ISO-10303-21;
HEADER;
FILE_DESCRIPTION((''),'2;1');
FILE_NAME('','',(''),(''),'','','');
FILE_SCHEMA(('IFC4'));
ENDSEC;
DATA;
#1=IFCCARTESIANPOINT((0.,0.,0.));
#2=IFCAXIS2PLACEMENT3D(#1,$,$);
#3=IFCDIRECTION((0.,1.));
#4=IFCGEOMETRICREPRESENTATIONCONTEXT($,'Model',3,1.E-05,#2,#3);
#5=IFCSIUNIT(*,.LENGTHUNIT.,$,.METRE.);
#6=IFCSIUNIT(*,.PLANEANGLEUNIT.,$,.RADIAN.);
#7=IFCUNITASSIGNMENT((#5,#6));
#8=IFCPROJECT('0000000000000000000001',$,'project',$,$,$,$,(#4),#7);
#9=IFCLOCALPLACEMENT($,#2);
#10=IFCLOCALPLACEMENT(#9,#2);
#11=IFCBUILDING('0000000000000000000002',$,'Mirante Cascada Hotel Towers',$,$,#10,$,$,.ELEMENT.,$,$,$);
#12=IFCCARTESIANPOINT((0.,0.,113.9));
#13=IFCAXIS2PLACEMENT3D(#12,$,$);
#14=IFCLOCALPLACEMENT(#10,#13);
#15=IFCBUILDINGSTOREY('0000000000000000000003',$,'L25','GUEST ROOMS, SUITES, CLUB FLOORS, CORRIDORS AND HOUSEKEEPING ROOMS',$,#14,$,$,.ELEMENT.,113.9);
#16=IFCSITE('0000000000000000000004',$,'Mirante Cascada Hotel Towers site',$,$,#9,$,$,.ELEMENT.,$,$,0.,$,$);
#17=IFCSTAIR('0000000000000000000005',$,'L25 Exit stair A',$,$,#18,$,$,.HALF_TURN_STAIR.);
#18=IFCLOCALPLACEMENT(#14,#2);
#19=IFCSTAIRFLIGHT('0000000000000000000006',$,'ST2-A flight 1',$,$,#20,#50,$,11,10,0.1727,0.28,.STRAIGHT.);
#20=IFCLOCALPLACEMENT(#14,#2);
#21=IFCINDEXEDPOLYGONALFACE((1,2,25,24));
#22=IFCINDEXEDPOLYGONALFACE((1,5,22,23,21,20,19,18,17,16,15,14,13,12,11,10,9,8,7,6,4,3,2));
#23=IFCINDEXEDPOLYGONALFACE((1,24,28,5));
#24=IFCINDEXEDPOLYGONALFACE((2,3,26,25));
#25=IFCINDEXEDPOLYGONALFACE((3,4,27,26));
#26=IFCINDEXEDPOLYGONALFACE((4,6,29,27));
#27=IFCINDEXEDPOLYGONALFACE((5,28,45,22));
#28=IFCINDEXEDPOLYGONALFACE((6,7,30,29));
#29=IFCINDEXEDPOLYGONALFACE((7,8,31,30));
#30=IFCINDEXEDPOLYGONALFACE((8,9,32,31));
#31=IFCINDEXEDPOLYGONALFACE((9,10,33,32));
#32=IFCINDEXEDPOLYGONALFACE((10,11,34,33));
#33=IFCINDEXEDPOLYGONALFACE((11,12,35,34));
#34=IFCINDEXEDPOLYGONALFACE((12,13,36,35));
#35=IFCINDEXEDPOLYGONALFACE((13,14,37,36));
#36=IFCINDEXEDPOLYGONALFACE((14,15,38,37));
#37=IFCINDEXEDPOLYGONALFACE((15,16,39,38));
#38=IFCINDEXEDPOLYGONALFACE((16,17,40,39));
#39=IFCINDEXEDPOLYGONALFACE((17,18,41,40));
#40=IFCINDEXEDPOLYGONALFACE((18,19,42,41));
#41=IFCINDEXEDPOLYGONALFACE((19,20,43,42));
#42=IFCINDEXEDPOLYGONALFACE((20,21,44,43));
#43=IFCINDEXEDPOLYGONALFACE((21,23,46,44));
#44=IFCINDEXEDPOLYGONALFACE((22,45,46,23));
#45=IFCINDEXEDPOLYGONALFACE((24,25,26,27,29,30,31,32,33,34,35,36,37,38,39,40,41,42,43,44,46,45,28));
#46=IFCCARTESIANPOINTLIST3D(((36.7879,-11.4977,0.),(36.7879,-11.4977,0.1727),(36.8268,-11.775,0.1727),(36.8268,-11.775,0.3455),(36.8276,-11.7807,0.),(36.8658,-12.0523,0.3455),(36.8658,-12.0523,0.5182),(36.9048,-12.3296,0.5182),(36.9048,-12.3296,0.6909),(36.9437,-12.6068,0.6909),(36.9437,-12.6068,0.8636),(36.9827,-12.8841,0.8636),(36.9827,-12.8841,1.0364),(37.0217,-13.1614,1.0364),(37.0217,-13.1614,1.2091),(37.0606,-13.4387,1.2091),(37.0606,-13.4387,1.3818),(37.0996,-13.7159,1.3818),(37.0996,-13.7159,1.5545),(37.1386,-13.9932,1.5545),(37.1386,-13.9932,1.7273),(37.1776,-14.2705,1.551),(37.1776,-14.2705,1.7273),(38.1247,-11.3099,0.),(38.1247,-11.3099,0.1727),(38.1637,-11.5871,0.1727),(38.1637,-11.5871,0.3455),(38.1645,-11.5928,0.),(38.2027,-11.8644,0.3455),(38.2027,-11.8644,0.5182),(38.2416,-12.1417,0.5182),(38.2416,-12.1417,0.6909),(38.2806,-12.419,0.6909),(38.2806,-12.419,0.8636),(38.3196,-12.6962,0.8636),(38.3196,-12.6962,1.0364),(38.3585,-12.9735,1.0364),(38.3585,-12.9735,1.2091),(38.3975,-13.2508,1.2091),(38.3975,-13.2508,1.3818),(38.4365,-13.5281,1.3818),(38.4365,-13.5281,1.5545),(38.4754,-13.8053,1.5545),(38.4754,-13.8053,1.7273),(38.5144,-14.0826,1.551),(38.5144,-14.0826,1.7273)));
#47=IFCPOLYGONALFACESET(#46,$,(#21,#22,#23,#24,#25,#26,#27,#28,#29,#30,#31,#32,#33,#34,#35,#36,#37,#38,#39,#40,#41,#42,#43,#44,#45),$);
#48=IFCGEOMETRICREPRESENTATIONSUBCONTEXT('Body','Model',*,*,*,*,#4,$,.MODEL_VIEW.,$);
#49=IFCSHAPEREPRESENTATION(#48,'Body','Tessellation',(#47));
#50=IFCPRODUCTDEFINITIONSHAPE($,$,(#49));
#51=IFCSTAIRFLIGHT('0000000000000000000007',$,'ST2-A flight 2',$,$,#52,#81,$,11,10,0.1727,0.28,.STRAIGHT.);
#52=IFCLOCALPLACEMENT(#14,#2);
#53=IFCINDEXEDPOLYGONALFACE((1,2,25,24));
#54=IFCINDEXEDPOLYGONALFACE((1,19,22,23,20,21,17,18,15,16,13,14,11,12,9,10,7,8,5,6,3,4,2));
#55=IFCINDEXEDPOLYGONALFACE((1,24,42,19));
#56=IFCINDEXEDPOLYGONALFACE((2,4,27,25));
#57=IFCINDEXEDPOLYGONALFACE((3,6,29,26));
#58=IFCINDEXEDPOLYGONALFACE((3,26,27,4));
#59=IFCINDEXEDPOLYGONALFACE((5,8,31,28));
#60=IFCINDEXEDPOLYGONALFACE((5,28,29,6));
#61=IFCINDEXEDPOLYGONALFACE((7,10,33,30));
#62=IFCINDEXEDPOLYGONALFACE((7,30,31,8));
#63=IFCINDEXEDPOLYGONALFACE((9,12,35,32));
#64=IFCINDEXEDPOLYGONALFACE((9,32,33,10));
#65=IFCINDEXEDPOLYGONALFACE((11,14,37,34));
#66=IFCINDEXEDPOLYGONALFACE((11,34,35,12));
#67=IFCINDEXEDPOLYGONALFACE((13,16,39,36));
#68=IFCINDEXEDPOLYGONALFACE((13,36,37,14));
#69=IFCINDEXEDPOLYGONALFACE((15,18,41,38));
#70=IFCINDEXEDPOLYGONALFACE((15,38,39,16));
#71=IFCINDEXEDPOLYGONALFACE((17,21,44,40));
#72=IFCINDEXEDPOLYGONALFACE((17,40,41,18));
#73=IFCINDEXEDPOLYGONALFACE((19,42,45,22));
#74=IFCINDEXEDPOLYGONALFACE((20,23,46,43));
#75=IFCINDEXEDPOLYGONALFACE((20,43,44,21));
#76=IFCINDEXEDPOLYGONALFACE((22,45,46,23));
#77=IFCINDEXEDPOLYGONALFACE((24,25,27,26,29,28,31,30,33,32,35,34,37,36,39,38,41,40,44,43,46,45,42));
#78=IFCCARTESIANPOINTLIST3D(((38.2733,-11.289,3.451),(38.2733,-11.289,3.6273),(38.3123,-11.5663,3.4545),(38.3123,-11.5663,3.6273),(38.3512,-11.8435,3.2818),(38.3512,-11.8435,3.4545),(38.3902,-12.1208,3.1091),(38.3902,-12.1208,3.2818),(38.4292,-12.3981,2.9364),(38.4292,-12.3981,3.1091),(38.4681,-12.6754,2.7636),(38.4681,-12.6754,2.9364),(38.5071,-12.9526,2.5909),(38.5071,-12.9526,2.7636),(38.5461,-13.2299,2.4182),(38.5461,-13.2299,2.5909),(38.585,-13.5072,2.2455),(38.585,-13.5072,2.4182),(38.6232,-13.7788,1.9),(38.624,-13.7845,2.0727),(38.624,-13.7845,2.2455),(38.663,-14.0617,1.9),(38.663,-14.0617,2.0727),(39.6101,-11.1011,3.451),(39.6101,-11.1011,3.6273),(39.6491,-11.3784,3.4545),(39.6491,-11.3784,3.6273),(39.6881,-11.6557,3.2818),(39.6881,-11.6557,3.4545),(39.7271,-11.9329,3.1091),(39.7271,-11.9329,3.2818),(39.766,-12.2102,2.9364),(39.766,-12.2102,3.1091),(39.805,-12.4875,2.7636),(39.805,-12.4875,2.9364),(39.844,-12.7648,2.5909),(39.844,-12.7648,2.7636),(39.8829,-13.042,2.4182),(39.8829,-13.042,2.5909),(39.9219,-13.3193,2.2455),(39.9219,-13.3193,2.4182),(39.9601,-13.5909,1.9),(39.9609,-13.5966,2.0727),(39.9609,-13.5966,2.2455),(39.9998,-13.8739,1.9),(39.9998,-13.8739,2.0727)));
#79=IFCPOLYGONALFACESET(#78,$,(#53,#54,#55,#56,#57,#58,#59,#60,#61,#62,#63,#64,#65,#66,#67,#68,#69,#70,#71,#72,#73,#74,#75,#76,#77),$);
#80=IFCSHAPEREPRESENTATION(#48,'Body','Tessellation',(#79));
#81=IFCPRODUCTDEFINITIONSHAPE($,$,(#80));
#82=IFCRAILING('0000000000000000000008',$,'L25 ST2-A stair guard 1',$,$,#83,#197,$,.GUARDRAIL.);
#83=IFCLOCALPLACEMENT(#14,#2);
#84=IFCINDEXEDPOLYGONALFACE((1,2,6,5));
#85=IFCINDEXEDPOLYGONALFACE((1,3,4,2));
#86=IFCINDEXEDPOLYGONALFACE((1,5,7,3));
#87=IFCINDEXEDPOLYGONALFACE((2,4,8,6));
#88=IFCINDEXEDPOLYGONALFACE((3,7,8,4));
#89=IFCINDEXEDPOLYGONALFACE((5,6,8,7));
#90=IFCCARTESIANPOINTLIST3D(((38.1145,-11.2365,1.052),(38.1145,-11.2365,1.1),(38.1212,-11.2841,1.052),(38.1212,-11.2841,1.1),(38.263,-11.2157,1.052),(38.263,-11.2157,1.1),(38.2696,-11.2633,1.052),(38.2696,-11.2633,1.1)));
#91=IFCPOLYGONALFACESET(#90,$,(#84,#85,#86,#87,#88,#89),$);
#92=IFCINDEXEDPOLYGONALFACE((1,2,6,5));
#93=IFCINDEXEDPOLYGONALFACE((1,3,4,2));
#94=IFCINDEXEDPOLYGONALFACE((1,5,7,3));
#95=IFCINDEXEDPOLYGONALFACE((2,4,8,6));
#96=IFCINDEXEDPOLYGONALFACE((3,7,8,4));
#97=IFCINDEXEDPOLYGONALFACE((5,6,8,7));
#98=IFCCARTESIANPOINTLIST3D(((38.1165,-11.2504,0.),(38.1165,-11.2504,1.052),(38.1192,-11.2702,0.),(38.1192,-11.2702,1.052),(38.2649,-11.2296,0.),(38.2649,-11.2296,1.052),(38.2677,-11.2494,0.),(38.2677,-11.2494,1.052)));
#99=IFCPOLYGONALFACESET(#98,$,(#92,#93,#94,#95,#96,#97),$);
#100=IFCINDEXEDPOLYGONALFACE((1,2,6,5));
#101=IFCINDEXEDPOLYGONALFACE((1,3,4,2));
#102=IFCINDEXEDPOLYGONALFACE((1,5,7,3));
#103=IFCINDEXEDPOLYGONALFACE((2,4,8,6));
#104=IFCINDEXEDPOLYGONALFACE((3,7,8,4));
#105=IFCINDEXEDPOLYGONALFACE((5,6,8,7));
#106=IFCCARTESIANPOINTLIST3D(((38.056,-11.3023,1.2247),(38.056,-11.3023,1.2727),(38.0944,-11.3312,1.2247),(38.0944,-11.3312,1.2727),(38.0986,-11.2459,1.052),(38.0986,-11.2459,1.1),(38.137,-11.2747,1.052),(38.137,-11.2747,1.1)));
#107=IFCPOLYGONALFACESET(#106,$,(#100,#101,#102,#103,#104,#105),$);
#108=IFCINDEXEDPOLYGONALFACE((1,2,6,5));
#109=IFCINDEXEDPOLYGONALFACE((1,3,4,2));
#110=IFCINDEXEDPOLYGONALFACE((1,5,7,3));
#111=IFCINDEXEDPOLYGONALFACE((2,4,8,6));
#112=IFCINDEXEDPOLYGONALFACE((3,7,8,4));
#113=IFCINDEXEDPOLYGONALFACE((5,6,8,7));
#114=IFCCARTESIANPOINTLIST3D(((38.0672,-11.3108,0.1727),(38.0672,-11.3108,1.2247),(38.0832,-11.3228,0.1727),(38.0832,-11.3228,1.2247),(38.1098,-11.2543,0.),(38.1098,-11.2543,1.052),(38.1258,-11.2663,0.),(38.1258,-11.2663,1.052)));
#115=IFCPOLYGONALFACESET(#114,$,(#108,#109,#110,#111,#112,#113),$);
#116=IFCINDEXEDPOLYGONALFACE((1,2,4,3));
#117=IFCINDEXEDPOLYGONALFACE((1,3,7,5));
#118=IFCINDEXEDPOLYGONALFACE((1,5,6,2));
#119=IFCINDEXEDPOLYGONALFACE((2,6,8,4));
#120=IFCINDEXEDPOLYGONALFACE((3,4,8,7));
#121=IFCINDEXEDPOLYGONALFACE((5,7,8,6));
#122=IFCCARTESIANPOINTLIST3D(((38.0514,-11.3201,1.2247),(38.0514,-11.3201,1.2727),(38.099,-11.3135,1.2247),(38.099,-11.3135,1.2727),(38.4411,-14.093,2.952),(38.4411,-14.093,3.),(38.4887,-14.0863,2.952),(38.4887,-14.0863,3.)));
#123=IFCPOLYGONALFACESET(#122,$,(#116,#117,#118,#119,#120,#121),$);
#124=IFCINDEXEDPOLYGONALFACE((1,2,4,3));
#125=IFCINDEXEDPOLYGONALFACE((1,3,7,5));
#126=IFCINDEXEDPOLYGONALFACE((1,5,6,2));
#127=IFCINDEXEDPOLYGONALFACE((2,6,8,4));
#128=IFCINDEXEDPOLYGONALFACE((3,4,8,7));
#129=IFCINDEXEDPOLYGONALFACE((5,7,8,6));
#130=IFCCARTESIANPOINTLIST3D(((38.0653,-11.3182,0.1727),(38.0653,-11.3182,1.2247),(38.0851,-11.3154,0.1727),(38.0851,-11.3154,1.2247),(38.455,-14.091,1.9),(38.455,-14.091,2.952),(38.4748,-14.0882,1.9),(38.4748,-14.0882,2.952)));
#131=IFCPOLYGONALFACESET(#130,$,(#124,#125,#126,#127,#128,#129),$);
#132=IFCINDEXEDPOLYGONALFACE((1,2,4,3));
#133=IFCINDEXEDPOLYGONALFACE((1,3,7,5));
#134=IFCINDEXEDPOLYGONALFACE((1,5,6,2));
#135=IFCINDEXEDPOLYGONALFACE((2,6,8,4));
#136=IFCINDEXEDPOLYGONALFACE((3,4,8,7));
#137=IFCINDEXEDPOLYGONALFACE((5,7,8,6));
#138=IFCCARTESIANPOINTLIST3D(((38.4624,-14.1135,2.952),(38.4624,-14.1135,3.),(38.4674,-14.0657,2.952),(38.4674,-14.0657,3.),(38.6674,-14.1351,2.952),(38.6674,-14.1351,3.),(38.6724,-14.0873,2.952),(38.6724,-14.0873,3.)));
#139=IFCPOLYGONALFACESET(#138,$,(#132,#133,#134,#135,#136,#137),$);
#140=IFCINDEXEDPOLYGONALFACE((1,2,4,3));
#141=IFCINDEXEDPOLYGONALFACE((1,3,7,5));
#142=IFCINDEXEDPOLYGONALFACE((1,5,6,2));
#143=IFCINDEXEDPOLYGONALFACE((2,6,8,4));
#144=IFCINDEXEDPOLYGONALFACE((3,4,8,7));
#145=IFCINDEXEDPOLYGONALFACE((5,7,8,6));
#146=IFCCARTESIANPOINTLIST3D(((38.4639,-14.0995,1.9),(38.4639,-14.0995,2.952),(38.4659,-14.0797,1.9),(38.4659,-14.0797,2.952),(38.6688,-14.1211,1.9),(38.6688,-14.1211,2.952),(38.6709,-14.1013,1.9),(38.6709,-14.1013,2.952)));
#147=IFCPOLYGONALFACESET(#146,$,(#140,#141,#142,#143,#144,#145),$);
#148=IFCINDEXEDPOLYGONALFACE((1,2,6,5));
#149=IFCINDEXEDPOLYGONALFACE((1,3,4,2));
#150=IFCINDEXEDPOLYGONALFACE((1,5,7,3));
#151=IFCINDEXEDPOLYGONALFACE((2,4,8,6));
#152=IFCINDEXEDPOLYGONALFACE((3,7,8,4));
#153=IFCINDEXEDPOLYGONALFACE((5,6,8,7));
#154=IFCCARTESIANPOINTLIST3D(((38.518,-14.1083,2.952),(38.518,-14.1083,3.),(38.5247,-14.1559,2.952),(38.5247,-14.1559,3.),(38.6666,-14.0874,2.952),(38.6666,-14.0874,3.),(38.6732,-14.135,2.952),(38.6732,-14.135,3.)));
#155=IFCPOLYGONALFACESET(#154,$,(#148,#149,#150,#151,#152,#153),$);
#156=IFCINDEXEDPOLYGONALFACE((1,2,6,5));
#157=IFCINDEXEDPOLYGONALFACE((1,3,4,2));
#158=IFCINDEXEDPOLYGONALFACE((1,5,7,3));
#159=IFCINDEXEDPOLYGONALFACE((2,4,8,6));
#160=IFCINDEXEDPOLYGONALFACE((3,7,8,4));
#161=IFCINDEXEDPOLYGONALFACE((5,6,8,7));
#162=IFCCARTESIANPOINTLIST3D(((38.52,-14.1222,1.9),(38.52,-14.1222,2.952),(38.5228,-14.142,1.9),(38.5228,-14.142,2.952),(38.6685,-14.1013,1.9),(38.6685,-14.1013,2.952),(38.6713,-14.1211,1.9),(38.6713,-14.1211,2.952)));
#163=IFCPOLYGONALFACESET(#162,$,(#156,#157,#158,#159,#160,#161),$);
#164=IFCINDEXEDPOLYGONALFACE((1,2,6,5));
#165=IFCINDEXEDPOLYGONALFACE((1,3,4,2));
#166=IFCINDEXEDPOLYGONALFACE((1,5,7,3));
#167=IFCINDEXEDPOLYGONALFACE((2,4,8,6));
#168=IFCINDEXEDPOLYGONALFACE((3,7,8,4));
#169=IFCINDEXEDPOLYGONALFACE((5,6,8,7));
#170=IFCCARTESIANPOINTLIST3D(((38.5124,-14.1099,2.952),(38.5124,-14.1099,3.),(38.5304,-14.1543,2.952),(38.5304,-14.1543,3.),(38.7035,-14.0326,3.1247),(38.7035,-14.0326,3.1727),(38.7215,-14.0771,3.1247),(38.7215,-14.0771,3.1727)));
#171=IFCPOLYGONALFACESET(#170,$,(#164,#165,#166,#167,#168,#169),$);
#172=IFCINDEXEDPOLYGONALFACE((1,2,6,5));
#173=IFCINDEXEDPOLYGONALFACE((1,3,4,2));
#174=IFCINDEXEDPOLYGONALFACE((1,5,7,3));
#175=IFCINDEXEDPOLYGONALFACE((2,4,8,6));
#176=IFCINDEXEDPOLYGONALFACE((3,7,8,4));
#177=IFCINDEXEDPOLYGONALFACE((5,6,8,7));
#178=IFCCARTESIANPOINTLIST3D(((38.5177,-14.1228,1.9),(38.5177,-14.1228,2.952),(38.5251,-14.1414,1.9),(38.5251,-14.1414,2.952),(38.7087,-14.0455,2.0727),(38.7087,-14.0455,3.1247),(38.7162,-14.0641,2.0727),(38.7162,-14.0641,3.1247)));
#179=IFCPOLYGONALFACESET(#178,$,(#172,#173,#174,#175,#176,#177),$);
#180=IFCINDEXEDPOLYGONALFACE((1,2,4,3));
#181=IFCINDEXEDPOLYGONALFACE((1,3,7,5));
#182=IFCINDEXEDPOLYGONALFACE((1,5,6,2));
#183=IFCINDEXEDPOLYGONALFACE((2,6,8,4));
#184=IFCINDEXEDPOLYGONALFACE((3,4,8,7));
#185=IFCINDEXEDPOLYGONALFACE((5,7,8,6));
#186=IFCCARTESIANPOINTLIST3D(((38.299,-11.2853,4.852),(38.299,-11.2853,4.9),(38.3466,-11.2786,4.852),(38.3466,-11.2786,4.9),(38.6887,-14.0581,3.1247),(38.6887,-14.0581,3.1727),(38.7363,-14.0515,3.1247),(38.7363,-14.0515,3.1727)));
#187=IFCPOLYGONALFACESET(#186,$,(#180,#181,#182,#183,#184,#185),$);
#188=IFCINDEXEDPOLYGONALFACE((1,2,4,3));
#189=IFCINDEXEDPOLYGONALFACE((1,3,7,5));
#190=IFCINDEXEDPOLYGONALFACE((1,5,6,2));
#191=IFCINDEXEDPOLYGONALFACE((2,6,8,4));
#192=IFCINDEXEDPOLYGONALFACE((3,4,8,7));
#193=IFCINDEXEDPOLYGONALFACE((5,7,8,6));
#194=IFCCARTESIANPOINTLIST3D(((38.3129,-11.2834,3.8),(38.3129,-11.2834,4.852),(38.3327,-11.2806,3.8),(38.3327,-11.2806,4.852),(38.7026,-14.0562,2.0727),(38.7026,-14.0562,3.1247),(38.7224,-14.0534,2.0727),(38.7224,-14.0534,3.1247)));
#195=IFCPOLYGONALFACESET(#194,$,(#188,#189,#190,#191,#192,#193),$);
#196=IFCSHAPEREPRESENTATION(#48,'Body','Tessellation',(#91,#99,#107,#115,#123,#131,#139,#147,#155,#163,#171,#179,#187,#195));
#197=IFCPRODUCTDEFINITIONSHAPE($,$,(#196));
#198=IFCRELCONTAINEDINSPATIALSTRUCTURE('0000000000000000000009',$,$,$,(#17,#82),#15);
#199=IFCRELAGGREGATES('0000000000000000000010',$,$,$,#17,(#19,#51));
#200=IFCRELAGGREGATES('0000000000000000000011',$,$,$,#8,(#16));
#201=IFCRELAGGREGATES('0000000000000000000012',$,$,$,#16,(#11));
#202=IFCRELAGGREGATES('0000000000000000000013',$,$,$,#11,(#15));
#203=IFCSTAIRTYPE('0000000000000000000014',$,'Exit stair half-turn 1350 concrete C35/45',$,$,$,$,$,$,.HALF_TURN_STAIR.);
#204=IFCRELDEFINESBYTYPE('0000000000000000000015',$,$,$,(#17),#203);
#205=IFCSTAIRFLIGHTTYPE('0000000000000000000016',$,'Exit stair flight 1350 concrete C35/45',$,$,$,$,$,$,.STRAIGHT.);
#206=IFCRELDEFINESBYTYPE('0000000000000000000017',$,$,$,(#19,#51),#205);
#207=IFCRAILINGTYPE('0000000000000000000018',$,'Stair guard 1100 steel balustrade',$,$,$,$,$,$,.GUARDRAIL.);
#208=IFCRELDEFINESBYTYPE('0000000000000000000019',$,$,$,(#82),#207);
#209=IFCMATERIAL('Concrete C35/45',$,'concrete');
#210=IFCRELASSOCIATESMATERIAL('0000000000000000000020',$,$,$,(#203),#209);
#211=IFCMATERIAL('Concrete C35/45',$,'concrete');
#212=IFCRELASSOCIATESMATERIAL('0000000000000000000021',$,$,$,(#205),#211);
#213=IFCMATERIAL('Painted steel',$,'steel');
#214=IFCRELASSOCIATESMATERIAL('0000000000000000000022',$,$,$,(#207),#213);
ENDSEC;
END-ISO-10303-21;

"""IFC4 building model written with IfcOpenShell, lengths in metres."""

from ifc_helpers import new_model, si_unit, direction, frame, origin, origin_2d, place, context, subcontext, project, spatial, polyline, rectangle, outline, extrude, material, type_object, element, aggregate, save


model = new_model("IFC4")

# Units and contexts
model_context = context("Model", 3, precision=1e-05, world=origin(), true_north=direction((0.0, 1.0)))
body_context = subcontext(model_context, "Body", "Model", "MODEL_VIEW")
ifc_project = project(units=[si_unit("LENGTHUNIT", "METRE"), si_unit("PLANEANGLEUNIT", "RADIAN")], contexts=[model_context])

# Site, building, storey
site_placement = place(None, origin())
site = spatial("IfcSite", under=ifc_project, at=site_placement, Name="Mirante Cascada Hotel Towers site", CompositionType="ELEMENT", RefElevation=0.0)
building_placement = place(site_placement, origin())
building = spatial("IfcBuilding", under=site, at=building_placement, Name="Mirante Cascada Hotel Towers", CompositionType="ELEMENT")
storey_placement = place(building_placement, frame((0.0, 0.0, 113.9)))
storey = spatial("IfcBuildingStorey", under=building, at=storey_placement, Name="L25", Description="GUEST ROOMS, SUITES, CLUB FLOORS, CORRIDORS AND HOUSEKEEPING ROOMS", CompositionType="ELEMENT", Elevation=113.9)

# Stair, stair flights
ifc_material_1 = material(Name="Concrete C35/45", Category="concrete")
stair_type = type_object("IfcStairType", Name="Exit stair half-turn 1350 concrete C35/45", PredefinedType="HALF_TURN_STAIR", material=ifc_material_1)
stair_placement = place(storey_placement, origin())
stair = element("IfcStair", 1, at=stair_placement, inside=storey, type_object=stair_type, Name="L25 Exit stair A", PredefinedType="HALF_TURN_STAIR")
ifc_material_2 = material(Name="Concrete C35/45", Category="concrete")
stair_flight_type = type_object("IfcStairFlightType", Name="Exit stair flight 1350 concrete C35/45", PredefinedType="STRAIGHT", material=ifc_material_2)
stair_flight_1_placement = place(storey_placement, frame((37.4563, -11.4038, 0.0), z_axis=(0.0, 0.0, 1.0), x_axis=(0.139173, -0.990268, 0.0)))
stair_flight_1 = element("IfcStairFlight", 2, at=stair_flight_1_placement, type_object=stair_flight_type, Name="ST2-A flight 1", NumberOfRisers=11, NumberOfTreads=10, PredefinedType="STRAIGHT", RiserHeight=0.1727, TreadLength=0.28, context=body_context, shape_type="SweptSolid", body=[
    extrude(outline(polyline([(0.0, 0.0), (0.0, 0.1727), (0.28, 0.1727), (0.28, 0.3455), (0.56, 0.3455), (0.56, 0.5182), (0.84, 0.5182), (0.84, 0.6909), (1.12, 0.6909), (1.12, 0.8636), (1.4, 0.8636), (1.4, 1.0364), (1.68, 1.0364), (1.68, 1.2091), (1.96, 1.2091), (1.96, 1.3818), (2.24, 1.3818), (2.24, 1.5545), (2.52, 1.5545), (2.52, 1.7273), (2.8, 1.7273), (2.8, 1.9), (2.8, 1.551), (0.2857, 0.0), (0.0, 0.0)])), frame((0.0, 0.675, 0.0), z_axis=(0.0, -1.0, 0.0), x_axis=(1.0, 0.0, 0.0)), (0.0, 0.0, 1.0), 1.35),
])
stair_flight_2_placement = place(storey_placement, frame((39.3314, -13.9678, 1.9), z_axis=(0.0, 0.0, 1.0), x_axis=(-0.139173, 0.990268, 0.0)))
stair_flight_2 = element("IfcStairFlight", 3, at=stair_flight_2_placement, type_object=stair_flight_type, Name="ST2-A flight 2", NumberOfRisers=11, NumberOfTreads=10, PredefinedType="STRAIGHT", RiserHeight=0.1727, TreadLength=0.28, context=body_context, shape_type="SweptSolid", body=[
    extrude(outline(polyline([(0.0, 0.0), (0.0, 0.1727), (0.28, 0.1727), (0.28, 0.3455), (0.56, 0.3455), (0.56, 0.5182), (0.84, 0.5182), (0.84, 0.6909), (1.12, 0.6909), (1.12, 0.8636), (1.4, 0.8636), (1.4, 1.0364), (1.68, 1.0364), (1.68, 1.2091), (1.96, 1.2091), (1.96, 1.3818), (2.24, 1.3818), (2.24, 1.5545), (2.52, 1.5545), (2.52, 1.7273), (2.8, 1.7273), (2.8, 1.9), (2.8, 1.551), (0.2857, 0.0), (0.0, 0.0)])), frame((0.0, 0.675, 0.0), z_axis=(0.0, -1.0, 0.0), x_axis=(1.0, 0.0, 0.0)), (0.0, 0.0, 1.0), 1.35),
])
aggregate(stair, [stair_flight_1, stair_flight_2])

# Railing
ifc_material_3 = material(Name="Painted steel", Category="steel")
railing_type = type_object("IfcRailingType", Name="Stair guard 1100 steel balustrade", PredefinedType="GUARDRAIL", material=ifc_material_3)
railing_placement = place(storey_placement, frame((38.2663, -11.2395, 0.0)))
element("IfcRailing", 4, at=railing_placement, inside=storey, type_object=railing_type, Name="L25 ST2-A stair guard 1", PredefinedType="GUARDRAIL", context=body_context, shape_type="SweptSolid", body=[
    extrude(rectangle(XDim=0.048, YDim=0.048, at=origin_2d()), frame((0.0, 0.0, 1.076), z_axis=(-0.990333, -0.138713, 0.0), x_axis=(0.138713, -0.990333, 0.0)), (0.0, 0.0, 1.0), 0.1499),
    extrude(rectangle(XDim=0.02, YDim=1.052, at=origin_2d()), frame((0.0, 0.0, 0.526), z_axis=(-0.990333, -0.138713, 0.0), x_axis=(0.138713, -0.990333, 0.0)), (0.0, 0.0, 1.0), 0.1499),
    extrude(rectangle(XDim=0.048, YDim=0.048, at=origin_2d()), frame((-0.1485, -0.0208, 1.076), z_axis=(-0.602033, -0.798471, 0.0), x_axis=(0.798471, -0.602033, 0.0)), (0.0, 0.92534, 0.379139), 0.1866),
    extrude(rectangle(XDim=0.02, YDim=1.052, at=origin_2d()), frame((-0.1485, -0.0208, 0.526), z_axis=(-0.602033, -0.798471, 0.0), x_axis=(0.798471, -0.602033, 0.0)), (0.0, 0.92534, 0.379139), 0.1866),
    extrude(rectangle(XDim=0.048, YDim=0.048, at=origin_2d()), frame((-0.1911, -0.0773, 1.2487), z_axis=(0.139176, -0.990268, 0.0), x_axis=(0.990268, 0.139176, 0.0)), (0.0, 0.525021, 0.851089), 3.29),
    extrude(rectangle(XDim=0.02, YDim=1.052, at=origin_2d()), frame((-0.1911, -0.0773, 0.6987), z_axis=(0.139176, -0.990268, 0.0), x_axis=(0.990268, 0.139176, 0.0)), (0.0, 0.525021, 0.851089), 3.29),
    extrude(rectangle(XDim=0.048, YDim=0.048, at=origin_2d()), frame((0.1986, -2.8501, 2.976), z_axis=(0.994495, -0.104786, 0.0), x_axis=(0.104786, 0.994495, 0.0)), (0.0, 0.0, 1.0), 0.2061),
    extrude(rectangle(XDim=0.02, YDim=1.052, at=origin_2d()), frame((0.1986, -2.8501, 2.426), z_axis=(0.994495, -0.104786, 0.0), x_axis=(0.104786, 0.994495, 0.0)), (0.0, 0.0, 1.0), 0.2061),
    extrude(rectangle(XDim=0.048, YDim=0.048, at=origin_2d()), frame((0.4036, -2.8717, 2.976), z_axis=(-0.990241, -0.139367, 0.0), x_axis=(0.139367, -0.990241, 0.0)), (0.0, 0.0, 1.0), 0.15),
    extrude(rectangle(XDim=0.02, YDim=1.052, at=origin_2d()), frame((0.4036, -2.8717, 2.426), z_axis=(-0.990241, -0.139367, 0.0), x_axis=(0.139367, -0.990241, 0.0)), (0.0, 0.0, 1.0), 0.15),
    extrude(rectangle(XDim=0.048, YDim=0.048, at=origin_2d()), frame((0.2551, -2.8926, 2.976), z_axis=(0.927031, 0.374984, 0.0), x_axis=(-0.374984, 0.927031, 0.0)), (0.0, 0.64219, 0.766545), 0.2689),
    extrude(rectangle(XDim=0.02, YDim=1.052, at=origin_2d()), frame((0.2551, -2.8926, 2.426), z_axis=(0.927031, 0.374984, 0.0), x_axis=(-0.374984, 0.927031, 0.0)), (0.0, 0.64219, 0.766545), 0.2689),
    extrude(rectangle(XDim=0.048, YDim=0.048, at=origin_2d()), frame((0.4462, -2.8153, 3.1487), z_axis=(-0.139176, 0.990268, 0.0), x_axis=(-0.990268, -0.139176, 0.0)), (0.0, 0.525021, 0.851089), 3.29),
    extrude(rectangle(XDim=0.02, YDim=1.052, at=origin_2d()), frame((0.4462, -2.8153, 2.5987), z_axis=(-0.139176, 0.990268, 0.0), x_axis=(-0.990268, -0.139176, 0.0)), (0.0, 0.525021, 0.851089), 3.29),
])

save(model, "model.ifc")
